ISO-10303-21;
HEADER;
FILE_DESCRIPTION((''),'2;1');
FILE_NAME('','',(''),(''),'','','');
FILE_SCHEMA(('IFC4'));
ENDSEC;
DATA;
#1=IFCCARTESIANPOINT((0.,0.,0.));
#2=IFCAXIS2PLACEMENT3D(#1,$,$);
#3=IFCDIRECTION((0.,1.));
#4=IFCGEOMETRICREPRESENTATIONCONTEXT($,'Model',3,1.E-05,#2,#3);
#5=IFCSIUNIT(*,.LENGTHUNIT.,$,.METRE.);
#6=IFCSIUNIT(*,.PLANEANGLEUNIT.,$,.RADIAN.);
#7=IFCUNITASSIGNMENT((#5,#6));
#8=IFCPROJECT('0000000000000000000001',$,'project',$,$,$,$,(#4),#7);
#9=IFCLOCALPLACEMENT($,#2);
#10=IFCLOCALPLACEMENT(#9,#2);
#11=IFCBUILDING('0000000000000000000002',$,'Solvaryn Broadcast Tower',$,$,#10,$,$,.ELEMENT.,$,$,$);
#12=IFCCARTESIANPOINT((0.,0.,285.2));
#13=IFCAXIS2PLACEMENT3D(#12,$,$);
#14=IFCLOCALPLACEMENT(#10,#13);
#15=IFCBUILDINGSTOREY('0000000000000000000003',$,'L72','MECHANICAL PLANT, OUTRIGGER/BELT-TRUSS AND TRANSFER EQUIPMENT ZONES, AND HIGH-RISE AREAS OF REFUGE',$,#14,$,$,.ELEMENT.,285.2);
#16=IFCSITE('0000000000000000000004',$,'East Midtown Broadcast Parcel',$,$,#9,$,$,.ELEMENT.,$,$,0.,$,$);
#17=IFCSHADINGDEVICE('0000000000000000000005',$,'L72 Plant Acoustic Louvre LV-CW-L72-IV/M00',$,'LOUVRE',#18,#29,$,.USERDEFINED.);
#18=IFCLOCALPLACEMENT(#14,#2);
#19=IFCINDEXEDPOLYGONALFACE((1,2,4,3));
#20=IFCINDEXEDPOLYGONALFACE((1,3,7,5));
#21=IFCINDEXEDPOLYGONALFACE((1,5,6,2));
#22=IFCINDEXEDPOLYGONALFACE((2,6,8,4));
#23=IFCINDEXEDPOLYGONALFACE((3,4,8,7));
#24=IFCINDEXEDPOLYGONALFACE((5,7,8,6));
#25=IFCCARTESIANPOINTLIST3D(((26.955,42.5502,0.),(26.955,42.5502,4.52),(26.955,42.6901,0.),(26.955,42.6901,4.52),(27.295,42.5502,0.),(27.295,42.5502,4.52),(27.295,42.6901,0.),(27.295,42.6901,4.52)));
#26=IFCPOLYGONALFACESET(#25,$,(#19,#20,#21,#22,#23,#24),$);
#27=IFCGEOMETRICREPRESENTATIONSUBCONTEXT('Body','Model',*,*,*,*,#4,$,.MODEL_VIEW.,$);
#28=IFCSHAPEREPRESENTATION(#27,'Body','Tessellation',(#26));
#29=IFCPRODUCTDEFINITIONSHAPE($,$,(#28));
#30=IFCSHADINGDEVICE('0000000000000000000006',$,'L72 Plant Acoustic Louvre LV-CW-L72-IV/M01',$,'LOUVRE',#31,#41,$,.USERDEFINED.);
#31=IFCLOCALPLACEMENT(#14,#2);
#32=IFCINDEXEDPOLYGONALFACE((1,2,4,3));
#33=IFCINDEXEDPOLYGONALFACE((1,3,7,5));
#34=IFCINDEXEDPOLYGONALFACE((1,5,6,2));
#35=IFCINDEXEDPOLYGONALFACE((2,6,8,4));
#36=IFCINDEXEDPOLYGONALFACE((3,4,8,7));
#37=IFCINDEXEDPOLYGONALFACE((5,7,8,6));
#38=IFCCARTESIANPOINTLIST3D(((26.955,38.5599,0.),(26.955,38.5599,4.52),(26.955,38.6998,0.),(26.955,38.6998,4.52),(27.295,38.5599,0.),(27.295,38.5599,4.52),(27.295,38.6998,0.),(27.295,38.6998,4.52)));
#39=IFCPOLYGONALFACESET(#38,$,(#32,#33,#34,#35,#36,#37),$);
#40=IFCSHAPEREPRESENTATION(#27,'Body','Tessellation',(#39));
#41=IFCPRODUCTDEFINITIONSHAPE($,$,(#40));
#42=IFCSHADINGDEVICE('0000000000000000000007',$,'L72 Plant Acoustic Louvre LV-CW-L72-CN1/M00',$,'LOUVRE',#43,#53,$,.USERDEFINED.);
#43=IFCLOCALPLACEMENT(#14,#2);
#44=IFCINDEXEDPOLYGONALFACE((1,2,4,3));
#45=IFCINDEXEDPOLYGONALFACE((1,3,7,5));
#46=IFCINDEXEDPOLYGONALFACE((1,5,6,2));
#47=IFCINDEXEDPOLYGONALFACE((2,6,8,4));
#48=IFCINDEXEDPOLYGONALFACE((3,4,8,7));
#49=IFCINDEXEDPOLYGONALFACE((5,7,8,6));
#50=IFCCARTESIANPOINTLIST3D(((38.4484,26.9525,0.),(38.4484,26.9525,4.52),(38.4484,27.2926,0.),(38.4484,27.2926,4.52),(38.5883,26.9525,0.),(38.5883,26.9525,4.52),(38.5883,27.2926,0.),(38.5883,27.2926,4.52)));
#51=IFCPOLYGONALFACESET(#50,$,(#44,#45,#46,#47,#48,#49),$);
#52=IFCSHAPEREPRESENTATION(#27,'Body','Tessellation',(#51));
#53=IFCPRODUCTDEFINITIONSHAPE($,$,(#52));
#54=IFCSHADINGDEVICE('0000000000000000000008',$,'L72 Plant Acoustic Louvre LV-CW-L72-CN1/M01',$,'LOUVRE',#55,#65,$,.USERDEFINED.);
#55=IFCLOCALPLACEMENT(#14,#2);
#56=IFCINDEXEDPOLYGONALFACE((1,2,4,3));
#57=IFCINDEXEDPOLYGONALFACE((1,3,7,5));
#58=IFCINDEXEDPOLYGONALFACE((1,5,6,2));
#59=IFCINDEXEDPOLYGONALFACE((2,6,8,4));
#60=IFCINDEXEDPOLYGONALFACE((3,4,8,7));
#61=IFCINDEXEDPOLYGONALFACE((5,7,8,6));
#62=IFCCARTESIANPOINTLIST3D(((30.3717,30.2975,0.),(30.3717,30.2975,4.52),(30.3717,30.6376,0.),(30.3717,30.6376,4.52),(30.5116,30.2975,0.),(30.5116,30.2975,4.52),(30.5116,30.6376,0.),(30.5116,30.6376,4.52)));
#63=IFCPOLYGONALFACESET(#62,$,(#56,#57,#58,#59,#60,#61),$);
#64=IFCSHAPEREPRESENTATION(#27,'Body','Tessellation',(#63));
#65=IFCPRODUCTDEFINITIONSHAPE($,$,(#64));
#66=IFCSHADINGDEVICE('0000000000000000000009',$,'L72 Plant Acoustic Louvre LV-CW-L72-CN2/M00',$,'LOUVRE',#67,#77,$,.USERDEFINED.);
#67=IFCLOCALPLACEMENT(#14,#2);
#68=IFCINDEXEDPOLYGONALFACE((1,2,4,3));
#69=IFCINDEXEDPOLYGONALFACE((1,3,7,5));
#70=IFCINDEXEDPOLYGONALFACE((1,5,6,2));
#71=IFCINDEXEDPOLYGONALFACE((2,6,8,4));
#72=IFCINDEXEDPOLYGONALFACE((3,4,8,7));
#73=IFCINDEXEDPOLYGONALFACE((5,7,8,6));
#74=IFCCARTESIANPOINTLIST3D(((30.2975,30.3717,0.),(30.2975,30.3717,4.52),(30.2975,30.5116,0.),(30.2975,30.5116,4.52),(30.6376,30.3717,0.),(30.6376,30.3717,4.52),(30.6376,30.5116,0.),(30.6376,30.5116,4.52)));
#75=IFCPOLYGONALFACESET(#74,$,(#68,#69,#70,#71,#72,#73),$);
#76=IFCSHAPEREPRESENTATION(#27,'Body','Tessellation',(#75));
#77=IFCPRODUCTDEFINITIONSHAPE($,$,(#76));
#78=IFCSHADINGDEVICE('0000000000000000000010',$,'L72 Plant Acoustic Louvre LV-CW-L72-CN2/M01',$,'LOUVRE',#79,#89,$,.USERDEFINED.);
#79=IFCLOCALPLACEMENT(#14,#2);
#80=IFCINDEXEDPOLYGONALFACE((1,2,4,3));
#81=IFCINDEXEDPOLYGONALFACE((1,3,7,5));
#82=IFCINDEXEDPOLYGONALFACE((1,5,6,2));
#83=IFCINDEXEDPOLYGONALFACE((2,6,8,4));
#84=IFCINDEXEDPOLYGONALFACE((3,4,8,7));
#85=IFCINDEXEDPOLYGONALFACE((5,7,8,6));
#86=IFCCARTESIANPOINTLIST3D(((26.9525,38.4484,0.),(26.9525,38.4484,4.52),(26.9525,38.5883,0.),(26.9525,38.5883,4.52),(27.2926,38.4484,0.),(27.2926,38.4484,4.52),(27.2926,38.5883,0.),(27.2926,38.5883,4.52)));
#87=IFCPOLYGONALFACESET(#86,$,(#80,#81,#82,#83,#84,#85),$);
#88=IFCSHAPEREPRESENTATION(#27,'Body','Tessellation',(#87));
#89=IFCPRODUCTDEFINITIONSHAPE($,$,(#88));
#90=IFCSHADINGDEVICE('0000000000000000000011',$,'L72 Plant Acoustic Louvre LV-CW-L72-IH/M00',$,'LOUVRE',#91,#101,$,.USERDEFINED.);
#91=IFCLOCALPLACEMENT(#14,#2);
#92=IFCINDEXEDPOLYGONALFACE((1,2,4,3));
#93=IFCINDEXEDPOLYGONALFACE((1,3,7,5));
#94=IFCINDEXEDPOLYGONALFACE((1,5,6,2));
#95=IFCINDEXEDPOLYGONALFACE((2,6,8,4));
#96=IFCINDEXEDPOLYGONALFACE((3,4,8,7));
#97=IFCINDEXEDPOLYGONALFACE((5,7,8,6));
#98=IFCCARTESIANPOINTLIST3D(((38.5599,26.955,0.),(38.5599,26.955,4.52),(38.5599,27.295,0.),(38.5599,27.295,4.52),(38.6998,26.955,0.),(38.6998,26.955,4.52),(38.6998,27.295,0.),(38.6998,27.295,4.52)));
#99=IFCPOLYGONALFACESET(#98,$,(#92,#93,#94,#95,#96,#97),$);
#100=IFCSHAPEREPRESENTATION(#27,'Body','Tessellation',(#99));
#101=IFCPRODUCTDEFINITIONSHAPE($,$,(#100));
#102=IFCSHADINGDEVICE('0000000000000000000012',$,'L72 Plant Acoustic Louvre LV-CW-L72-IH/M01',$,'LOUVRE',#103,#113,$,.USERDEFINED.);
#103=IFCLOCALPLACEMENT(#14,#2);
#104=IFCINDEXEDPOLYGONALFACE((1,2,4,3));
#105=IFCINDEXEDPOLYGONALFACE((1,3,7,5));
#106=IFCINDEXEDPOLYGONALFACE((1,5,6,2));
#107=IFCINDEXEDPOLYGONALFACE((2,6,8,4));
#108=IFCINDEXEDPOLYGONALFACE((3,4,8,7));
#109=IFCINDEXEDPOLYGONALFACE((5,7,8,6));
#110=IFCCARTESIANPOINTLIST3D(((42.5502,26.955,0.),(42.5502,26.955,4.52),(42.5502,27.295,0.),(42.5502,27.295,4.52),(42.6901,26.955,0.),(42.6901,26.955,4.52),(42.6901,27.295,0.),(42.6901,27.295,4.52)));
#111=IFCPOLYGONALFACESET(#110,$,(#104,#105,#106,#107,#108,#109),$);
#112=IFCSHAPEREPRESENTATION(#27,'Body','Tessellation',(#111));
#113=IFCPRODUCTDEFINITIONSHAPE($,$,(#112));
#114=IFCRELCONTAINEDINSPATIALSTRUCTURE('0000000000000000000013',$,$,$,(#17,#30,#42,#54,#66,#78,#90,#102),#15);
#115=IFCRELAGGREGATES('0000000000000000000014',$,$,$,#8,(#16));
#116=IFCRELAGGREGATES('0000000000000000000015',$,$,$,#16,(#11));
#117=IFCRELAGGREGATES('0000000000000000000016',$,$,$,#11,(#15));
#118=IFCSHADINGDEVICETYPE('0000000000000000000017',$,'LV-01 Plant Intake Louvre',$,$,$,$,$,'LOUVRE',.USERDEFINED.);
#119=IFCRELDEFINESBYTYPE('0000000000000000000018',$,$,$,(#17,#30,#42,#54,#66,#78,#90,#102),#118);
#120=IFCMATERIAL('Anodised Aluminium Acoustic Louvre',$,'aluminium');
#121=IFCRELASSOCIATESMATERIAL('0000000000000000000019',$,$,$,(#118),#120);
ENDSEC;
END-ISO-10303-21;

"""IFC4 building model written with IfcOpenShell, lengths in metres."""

from ifc_helpers import new_model, si_unit, direction, frame, origin, origin_2d, place, context, subcontext, project, spatial, rectangle, extrude, material, type_object, element, save


model = new_model("IFC4")

# Units and contexts
model_context = context("Model", 3, precision=1e-05, world=origin(), true_north=direction((0.0, 1.0)))
body_context = subcontext(model_context, "Body", "Model", "MODEL_VIEW")
ifc_project = project(units=[si_unit("LENGTHUNIT", "METRE"), si_unit("PLANEANGLEUNIT", "RADIAN")], contexts=[model_context])

# Site, building, storey
site_placement = place(None, origin())
site = spatial("IfcSite", under=ifc_project, at=site_placement, Name="East Midtown Broadcast Parcel", CompositionType="ELEMENT", RefElevation=0.0)
building_placement = place(site_placement, origin())
building = spatial("IfcBuilding", under=site, at=building_placement, Name="Solvaryn Broadcast Tower", CompositionType="ELEMENT")
storey_placement = place(building_placement, frame((0.0, 0.0, 285.2)))
storey = spatial("IfcBuildingStorey", under=building, at=storey_placement, Name="L72", Description="MECHANICAL PLANT, OUTRIGGER/BELT-TRUSS AND TRANSFER EQUIPMENT ZONES, AND HIGH-RISE AREAS OF REFUGE", CompositionType="ELEMENT", Elevation=285.2)

# Shading devices
ifc_material_1 = material(Name="Anodised Aluminium Acoustic Louvre", Category="aluminium")
shading_device_type = type_object("IfcShadingDeviceType", Name="LV-01 Plant Intake Louvre", ElementType="LOUVRE", PredefinedType="USERDEFINED", material=ifc_material_1)
for number, where, z_axis, x_axis, name in (
    (1, (27.125, 42.6201, 0.0), (0.0, 0.0, 1.0), (1.0, 0.0, 0.0), "L72 Plant Acoustic Louvre LV-CW-L72-IV/M00"),
    (2, (27.125, 38.6299, 0.0), (0.0, 0.0, 1.0), (1.0, 0.0, 0.0), "L72 Plant Acoustic Louvre LV-CW-L72-IV/M01"),
):
    element("IfcShadingDevice", number, at=place(storey_placement, frame(where, z_axis=z_axis, x_axis=x_axis)), inside=storey, type_object=shading_device_type, Name=name, ObjectType="LOUVRE", PredefinedType="USERDEFINED", context=body_context, shape_type="SweptSolid", body=[
        extrude(rectangle(XDim=0.3401, YDim=0.1399, at=origin_2d()), origin(), (0.0, 0.0, 1.0), 4.52),
    ])
for number, where, z_axis, x_axis, name in (
    (3, (38.5183, 27.1226, 0.0), (0.0, 0.0, 1.0), (1.0, 0.0, 0.0), "L72 Plant Acoustic Louvre LV-CW-L72-CN1/M00"),
    (4, (30.4417, 30.4675, 0.0), (0.0, 0.0, 1.0), (1.0, 0.0, 0.0), "L72 Plant Acoustic Louvre LV-CW-L72-CN1/M01"),
):
    element("IfcShadingDevice", number, at=place(storey_placement, frame(where, z_axis=z_axis, x_axis=x_axis)), inside=storey, type_object=shading_device_type, Name=name, ObjectType="LOUVRE", PredefinedType="USERDEFINED", context=body_context, shape_type="SweptSolid", body=[
        extrude(rectangle(XDim=0.1399, YDim=0.3401, at=origin_2d()), origin(), (0.0, 0.0, 1.0), 4.52),
    ])
for number, where, z_axis, x_axis, name in (
    (5, (30.4675, 30.4417, 0.0), (0.0, 0.0, 1.0), (1.0, 0.0, 0.0), "L72 Plant Acoustic Louvre LV-CW-L72-CN2/M00"),
    (6, (27.1226, 38.5183, 0.0), (0.0, 0.0, 1.0), (1.0, 0.0, 0.0), "L72 Plant Acoustic Louvre LV-CW-L72-CN2/M01"),
):
    element("IfcShadingDevice", number, at=place(storey_placement, frame(where, z_axis=z_axis, x_axis=x_axis)), inside=storey, type_object=shading_device_type, Name=name, ObjectType="LOUVRE", PredefinedType="USERDEFINED", context=body_context, shape_type="SweptSolid", body=[
        extrude(rectangle(XDim=0.3401, YDim=0.1399, at=origin_2d()), origin(), (0.0, 0.0, 1.0), 4.52),
    ])
for number, where, z_axis, x_axis, name in (
    (7, (38.6299, 27.125, 0.0), (0.0, 0.0, 1.0), (1.0, 0.0, 0.0), "L72 Plant Acoustic Louvre LV-CW-L72-IH/M00"),
    (8, (42.6201, 27.125, 0.0), (0.0, 0.0, 1.0), (1.0, 0.0, 0.0), "L72 Plant Acoustic Louvre LV-CW-L72-IH/M01"),
):
    element("IfcShadingDevice", number, at=place(storey_placement, frame(where, z_axis=z_axis, x_axis=x_axis)), inside=storey, type_object=shading_device_type, Name=name, ObjectType="LOUVRE", PredefinedType="USERDEFINED", context=body_context, shape_type="SweptSolid", body=[
        extrude(rectangle(XDim=0.1399, YDim=0.3401, at=origin_2d()), origin(), (0.0, 0.0, 1.0), 4.52),
    ])

save(model, "model.ifc")
